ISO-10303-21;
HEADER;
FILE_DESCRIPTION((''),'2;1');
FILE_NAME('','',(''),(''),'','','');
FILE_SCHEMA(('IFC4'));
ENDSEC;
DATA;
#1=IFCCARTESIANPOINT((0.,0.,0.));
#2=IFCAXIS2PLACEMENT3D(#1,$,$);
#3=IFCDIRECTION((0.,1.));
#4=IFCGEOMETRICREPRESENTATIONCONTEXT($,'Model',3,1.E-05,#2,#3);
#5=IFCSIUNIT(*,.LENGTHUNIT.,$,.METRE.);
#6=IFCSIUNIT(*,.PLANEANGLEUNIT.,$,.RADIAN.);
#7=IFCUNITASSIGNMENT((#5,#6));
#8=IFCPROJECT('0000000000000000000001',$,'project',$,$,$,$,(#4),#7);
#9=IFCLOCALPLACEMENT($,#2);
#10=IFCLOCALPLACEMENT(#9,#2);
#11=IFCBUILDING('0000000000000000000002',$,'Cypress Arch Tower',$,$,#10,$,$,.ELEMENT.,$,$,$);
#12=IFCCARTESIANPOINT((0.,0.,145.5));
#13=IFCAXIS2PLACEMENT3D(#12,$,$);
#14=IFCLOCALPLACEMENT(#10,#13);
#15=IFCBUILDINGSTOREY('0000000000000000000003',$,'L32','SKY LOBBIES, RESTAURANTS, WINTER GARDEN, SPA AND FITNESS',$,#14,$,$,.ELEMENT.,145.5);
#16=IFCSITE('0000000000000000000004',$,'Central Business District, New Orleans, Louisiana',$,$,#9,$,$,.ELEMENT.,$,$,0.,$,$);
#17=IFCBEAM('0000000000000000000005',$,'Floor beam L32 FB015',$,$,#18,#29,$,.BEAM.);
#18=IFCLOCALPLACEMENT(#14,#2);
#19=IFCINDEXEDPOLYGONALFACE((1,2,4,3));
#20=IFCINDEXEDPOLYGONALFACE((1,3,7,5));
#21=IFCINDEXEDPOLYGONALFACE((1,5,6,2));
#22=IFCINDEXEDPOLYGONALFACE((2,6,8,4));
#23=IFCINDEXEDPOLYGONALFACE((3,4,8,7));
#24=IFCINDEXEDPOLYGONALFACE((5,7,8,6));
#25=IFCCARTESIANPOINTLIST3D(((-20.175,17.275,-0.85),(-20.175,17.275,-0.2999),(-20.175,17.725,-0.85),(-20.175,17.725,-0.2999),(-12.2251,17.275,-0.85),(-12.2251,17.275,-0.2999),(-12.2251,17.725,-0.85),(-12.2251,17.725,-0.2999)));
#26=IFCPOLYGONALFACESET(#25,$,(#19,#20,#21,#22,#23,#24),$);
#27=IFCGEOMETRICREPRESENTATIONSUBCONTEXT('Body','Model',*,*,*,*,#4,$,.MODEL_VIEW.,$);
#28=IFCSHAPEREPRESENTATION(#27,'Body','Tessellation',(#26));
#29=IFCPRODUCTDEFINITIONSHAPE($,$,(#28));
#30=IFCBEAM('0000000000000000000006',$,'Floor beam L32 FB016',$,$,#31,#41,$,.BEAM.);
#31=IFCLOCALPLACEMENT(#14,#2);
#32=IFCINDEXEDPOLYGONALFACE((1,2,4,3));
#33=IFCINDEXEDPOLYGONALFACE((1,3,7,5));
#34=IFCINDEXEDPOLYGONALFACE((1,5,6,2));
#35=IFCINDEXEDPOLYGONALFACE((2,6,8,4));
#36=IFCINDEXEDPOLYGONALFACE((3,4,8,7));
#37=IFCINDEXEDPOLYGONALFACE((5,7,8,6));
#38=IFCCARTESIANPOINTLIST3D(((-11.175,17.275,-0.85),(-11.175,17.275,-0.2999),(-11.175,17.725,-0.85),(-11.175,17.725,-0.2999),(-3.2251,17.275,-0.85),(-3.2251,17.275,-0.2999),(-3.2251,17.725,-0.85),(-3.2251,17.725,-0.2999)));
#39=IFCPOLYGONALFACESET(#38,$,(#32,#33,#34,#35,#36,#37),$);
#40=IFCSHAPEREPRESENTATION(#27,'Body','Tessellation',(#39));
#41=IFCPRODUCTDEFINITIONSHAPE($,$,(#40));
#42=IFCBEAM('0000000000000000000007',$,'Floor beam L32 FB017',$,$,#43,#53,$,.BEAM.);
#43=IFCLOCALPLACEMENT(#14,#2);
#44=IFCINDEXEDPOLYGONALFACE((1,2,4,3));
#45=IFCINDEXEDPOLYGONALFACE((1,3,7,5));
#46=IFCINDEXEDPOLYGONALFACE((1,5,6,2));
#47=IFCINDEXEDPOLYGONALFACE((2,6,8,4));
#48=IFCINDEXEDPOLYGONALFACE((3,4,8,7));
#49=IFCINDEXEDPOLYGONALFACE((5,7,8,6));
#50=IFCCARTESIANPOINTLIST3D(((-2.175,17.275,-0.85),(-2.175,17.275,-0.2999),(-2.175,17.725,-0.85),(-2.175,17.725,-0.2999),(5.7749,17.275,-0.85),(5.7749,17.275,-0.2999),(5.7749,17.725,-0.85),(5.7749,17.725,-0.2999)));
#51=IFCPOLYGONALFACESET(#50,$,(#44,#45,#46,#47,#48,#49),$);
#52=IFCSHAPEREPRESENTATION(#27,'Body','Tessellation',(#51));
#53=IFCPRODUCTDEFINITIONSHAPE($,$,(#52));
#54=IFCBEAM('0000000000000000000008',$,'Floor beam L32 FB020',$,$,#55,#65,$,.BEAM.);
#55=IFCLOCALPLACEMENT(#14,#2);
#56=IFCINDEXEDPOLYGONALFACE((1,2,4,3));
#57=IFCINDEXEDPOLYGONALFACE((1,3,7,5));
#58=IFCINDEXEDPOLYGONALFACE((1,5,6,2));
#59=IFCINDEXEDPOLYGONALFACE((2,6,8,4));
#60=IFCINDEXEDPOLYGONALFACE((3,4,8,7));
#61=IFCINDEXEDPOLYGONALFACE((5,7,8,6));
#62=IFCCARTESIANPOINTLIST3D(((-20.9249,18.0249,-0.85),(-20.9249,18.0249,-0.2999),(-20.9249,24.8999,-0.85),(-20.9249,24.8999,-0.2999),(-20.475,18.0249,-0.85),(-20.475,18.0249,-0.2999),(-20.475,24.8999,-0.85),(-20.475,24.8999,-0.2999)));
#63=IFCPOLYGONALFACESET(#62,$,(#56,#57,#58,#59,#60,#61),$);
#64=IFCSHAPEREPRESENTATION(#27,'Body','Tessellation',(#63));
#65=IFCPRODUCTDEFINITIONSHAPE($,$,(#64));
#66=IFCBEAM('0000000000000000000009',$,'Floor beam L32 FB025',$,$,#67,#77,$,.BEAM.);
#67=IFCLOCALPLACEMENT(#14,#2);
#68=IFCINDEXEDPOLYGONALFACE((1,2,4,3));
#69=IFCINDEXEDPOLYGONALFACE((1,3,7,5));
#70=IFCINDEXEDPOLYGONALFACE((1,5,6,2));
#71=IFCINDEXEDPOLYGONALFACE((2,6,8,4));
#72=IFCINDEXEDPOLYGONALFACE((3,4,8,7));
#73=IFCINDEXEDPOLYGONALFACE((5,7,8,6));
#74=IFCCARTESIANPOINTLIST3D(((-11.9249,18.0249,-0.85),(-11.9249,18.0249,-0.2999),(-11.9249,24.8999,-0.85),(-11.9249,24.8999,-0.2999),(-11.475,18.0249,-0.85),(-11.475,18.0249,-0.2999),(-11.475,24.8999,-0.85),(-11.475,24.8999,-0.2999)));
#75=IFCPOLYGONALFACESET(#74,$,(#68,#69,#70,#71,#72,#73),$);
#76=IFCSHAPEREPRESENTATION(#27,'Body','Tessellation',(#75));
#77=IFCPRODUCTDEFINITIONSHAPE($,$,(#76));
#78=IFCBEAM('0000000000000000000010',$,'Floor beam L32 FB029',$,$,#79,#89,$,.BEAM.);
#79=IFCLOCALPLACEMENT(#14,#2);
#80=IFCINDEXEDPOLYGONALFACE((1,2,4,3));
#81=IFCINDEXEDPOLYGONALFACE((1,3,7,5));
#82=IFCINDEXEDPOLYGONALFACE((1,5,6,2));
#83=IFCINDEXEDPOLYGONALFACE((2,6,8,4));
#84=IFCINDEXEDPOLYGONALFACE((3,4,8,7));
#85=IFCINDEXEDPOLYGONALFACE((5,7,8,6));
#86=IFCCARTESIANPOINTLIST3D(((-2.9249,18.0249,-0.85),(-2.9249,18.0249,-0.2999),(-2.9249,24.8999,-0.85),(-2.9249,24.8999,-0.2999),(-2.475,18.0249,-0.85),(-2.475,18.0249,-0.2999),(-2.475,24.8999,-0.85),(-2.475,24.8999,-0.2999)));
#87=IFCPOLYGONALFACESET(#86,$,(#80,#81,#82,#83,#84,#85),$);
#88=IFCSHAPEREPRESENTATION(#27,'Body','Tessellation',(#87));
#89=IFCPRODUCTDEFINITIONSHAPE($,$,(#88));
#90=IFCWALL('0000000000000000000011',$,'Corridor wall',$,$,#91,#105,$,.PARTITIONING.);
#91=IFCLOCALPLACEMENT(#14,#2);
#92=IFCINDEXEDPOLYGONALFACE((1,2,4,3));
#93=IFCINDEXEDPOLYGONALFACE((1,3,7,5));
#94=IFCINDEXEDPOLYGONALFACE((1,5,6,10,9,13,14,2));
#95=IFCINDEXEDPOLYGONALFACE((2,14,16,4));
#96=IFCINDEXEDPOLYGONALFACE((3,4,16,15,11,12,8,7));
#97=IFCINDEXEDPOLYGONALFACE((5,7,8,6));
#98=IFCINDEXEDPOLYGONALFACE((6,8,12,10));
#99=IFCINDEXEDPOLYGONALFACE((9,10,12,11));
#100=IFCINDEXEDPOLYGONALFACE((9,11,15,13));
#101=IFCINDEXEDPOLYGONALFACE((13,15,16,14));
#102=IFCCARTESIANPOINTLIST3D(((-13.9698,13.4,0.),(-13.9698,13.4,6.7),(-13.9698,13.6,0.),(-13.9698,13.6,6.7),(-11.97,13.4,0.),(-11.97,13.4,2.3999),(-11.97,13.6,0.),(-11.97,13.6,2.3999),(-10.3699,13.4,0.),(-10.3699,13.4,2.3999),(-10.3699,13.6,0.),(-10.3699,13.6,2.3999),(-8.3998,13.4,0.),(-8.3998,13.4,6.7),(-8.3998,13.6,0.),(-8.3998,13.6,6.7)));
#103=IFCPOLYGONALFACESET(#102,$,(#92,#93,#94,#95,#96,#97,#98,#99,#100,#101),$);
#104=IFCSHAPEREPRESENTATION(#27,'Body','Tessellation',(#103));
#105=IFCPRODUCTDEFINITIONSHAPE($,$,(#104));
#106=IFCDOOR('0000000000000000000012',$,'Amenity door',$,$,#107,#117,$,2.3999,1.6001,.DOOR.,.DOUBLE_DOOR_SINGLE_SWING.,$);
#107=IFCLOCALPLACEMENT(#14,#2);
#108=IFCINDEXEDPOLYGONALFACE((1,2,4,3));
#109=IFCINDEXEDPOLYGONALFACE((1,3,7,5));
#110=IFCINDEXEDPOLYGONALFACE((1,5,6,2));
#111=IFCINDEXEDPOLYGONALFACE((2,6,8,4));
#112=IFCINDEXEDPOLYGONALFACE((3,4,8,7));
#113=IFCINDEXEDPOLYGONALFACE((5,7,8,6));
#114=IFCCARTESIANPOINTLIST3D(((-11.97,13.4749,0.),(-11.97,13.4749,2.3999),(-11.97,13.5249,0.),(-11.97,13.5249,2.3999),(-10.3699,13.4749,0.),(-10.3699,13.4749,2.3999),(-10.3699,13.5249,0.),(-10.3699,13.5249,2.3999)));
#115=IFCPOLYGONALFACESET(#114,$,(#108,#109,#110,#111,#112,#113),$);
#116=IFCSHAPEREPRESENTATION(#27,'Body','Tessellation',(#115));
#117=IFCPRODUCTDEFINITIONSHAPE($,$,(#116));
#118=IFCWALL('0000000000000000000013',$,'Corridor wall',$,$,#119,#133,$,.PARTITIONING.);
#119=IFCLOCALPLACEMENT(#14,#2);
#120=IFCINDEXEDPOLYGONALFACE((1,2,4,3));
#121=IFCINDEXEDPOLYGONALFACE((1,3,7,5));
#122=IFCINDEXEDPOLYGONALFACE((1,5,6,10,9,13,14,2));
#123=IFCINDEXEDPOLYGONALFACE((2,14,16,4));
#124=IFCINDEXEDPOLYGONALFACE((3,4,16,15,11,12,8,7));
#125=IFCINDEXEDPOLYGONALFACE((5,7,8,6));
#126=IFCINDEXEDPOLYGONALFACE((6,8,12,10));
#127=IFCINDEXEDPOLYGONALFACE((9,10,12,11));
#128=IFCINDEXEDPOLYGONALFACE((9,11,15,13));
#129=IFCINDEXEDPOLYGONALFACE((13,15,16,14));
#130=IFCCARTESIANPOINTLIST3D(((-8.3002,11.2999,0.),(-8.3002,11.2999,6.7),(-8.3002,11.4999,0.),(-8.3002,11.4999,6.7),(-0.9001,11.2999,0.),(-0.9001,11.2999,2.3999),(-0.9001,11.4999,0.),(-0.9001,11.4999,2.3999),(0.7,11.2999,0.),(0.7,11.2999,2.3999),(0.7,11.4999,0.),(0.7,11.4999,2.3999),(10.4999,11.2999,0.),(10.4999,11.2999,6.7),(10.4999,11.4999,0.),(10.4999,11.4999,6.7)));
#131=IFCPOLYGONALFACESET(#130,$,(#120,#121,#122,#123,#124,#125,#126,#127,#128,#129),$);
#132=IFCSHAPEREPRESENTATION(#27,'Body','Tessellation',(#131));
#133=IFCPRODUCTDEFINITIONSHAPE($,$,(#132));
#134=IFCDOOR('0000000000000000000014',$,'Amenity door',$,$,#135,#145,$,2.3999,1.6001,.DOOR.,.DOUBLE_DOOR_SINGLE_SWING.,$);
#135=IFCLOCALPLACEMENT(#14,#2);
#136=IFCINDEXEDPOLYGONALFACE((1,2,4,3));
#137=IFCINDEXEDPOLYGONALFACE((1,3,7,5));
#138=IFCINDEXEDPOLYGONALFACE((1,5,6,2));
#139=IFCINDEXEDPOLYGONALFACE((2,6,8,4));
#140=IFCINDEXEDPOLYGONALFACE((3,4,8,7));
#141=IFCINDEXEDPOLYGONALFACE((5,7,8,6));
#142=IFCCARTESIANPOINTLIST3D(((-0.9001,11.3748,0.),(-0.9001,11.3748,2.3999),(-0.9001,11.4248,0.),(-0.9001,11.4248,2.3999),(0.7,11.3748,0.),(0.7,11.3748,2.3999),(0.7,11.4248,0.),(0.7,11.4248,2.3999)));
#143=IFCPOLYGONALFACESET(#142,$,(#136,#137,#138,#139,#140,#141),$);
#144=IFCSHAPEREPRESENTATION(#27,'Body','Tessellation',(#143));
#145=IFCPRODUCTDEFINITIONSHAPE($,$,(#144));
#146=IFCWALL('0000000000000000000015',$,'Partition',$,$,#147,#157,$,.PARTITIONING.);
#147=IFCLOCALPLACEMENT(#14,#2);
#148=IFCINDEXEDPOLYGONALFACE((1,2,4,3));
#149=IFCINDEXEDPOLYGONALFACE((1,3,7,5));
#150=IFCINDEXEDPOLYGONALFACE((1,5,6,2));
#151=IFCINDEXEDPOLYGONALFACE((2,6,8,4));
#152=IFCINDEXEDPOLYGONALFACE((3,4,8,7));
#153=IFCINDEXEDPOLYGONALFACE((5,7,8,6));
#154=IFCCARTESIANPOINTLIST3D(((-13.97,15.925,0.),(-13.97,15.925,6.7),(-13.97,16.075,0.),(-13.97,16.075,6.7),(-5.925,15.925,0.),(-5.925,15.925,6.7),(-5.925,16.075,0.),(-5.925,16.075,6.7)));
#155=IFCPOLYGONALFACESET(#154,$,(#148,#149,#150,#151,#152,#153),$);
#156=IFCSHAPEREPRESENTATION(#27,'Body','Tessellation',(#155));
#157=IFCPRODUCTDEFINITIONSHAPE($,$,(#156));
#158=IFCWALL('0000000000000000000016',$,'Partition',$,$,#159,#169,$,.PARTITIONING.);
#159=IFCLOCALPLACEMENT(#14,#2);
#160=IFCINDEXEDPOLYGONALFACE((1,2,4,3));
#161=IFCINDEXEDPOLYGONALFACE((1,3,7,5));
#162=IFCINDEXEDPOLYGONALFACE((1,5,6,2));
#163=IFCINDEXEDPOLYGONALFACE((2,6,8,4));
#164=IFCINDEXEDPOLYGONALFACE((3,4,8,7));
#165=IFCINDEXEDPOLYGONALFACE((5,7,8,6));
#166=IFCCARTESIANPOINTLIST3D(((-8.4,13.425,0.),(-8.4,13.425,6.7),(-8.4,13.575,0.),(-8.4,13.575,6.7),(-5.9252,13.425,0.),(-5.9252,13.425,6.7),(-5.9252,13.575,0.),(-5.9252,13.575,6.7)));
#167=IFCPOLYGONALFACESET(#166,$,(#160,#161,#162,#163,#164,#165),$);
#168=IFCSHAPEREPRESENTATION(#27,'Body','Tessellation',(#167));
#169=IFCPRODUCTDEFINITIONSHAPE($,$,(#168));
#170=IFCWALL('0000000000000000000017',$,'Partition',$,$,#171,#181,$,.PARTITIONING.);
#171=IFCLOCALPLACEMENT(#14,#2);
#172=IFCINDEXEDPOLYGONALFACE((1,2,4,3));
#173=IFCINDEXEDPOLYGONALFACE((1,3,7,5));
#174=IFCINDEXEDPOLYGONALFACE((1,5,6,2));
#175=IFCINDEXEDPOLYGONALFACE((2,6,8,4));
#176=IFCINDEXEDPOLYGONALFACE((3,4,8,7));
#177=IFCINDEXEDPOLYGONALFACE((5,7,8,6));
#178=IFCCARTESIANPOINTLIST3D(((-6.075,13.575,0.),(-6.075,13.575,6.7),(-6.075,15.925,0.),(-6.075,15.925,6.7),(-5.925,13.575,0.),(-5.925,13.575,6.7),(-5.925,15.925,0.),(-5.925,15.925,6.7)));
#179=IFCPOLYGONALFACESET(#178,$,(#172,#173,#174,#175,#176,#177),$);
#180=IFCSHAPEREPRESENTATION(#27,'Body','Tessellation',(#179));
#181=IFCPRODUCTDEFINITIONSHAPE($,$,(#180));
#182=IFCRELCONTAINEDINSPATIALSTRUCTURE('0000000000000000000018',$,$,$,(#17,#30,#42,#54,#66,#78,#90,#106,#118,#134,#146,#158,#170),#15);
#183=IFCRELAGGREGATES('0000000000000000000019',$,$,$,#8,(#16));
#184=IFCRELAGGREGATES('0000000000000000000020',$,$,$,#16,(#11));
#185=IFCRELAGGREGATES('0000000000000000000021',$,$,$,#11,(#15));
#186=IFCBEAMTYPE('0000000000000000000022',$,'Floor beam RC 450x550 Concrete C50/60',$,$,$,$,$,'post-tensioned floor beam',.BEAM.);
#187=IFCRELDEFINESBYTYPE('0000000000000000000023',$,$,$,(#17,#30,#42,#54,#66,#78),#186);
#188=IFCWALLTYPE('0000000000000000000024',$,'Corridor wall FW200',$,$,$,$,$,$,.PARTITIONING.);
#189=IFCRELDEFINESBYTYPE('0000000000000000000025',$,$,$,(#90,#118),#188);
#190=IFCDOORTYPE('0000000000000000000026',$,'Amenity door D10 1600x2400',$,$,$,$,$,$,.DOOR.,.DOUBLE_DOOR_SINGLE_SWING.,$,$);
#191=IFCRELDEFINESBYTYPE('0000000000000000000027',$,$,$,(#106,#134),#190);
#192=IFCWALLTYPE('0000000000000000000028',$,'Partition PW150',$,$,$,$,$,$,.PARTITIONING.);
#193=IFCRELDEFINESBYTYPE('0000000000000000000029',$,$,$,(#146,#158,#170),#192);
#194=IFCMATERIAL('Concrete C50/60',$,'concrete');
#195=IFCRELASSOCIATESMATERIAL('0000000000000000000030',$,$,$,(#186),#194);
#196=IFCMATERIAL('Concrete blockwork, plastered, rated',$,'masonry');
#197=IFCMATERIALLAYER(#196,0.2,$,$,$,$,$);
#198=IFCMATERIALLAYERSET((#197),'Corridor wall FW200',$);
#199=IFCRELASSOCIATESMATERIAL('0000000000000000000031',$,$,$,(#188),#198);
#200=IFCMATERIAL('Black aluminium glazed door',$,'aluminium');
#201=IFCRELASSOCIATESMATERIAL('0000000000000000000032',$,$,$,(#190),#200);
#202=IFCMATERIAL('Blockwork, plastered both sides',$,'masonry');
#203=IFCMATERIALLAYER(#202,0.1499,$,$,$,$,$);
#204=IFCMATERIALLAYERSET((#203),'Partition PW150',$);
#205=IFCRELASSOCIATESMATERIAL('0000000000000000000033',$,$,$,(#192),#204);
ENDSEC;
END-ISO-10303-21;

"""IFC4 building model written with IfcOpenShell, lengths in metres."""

from ifc_helpers import new_model, si_unit, direction, frame, frame_2d, origin, origin_2d, place, context, subcontext, project, spatial, rectangle, extrude, material, layer, layer_set, material_profile, profile_set, type_object, element, fill, save


model = new_model("IFC4")

# Units and contexts
model_context = context("Model", 3, precision=1e-05, world=origin(), true_north=direction((0.0, 1.0)))
body_context = subcontext(model_context, "Body", "Model", "MODEL_VIEW")
ifc_project = project(units=[si_unit("LENGTHUNIT", "METRE"), si_unit("PLANEANGLEUNIT", "RADIAN")], contexts=[model_context])

# Site, building, storey
site_placement = place(None, origin())
site = spatial("IfcSite", under=ifc_project, at=site_placement, Name="Central Business District, New Orleans, Louisiana", CompositionType="ELEMENT", RefElevation=0.0)
building_placement = place(site_placement, origin())
building = spatial("IfcBuilding", under=site, at=building_placement, Name="Cypress Arch Tower", CompositionType="ELEMENT")
storey_placement = place(building_placement, frame((0.0, 0.0, 145.5)))
storey = spatial("IfcBuildingStorey", under=building, at=storey_placement, Name="L32", Description="SKY LOBBIES, RESTAURANTS, WINTER GARDEN, SPA AND FITNESS", CompositionType="ELEMENT", Elevation=145.5)

# Beams
ifc_material_1 = material(Name="Concrete C50/60", Category="concrete")
ifc_material_profile_1 = material_profile(ifc_material_1, rectangle(XDim=0.45, YDim=0.55, at=origin_2d()), Name="RC 450x550")
ifc_profile_set_1 = profile_set([ifc_material_profile_1], Name="Concrete C50/60")
beam_type = type_object("IfcBeamType", Name="Floor beam RC 450x550 Concrete C50/60", ElementType="post-tensioned floor beam", PredefinedType="BEAM", material=ifc_profile_set_1)
for number, where, z_axis, x_axis, name in (
    (1, (-20.175, 17.5, -0.575), (1.0, 0.0, 0.0), (0.0, 1.0, 0.0), "Floor beam L32 FB015"),
    (2, (-11.175, 17.5, -0.575), (1.0, 0.0, 0.0), (0.0, 1.0, 0.0), "Floor beam L32 FB016"),
    (3, (-2.175, 17.5, -0.575), (1.0, 0.0, 0.0), (0.0, 1.0, 0.0), "Floor beam L32 FB017"),
):
    element("IfcBeam", number, at=place(storey_placement, frame(where, z_axis=z_axis, x_axis=x_axis)), inside=storey, type_object=beam_type, Name=name, PredefinedType="BEAM", context=body_context, shape_type="SweptSolid", body=[
        extrude(rectangle(XDim=0.45, YDim=0.55, at=origin_2d()), origin(), (0.0, 0.0, 1.0), 7.95),
    ])
for number, where, z_axis, x_axis, name in (
    (4, (-20.7, 18.0249, -0.575), (0.0, 1.0, 0.0), (-1.0, 0.0, 0.0), "Floor beam L32 FB020"),
    (5, (-11.7, 18.0249, -0.575), (0.0, 1.0, 0.0), (-1.0, 0.0, 0.0), "Floor beam L32 FB025"),
    (6, (-2.7, 18.0249, -0.575), (0.0, 1.0, 0.0), (-1.0, 0.0, 0.0), "Floor beam L32 FB029"),
):
    element("IfcBeam", number, at=place(storey_placement, frame(where, z_axis=z_axis, x_axis=x_axis)), inside=storey, type_object=beam_type, Name=name, PredefinedType="BEAM", context=body_context, shape_type="SweptSolid", body=[
        extrude(rectangle(XDim=0.45, YDim=0.55, at=origin_2d()), origin(), (0.0, 0.0, 1.0), 6.875),
    ])

# Walls, openings, doors
ifc_material_2 = material(Name="Concrete blockwork, plastered, rated", Category="masonry")
ifc_layer_1 = layer(ifc_material_2, 0.2)
ifc_layer_set_1 = layer_set([ifc_layer_1], Name="Corridor wall FW200")
wall_type_1 = type_object("IfcWallType", Name="Corridor wall FW200", PredefinedType="PARTITIONING", material=ifc_layer_set_1)
wall_1_placement = place(storey_placement, frame((-13.97, 13.5, 0.0), z_axis=(0.0, 0.0, 1.0), x_axis=(1.0, 0.0, 0.0)))
wall_1 = element("IfcWall", 7, at=wall_1_placement, inside=storey, type_object=wall_type_1, Name="Corridor wall", PredefinedType="PARTITIONING", context=body_context, shape_type="SweptSolid", body=[
    extrude(rectangle(XDim=5.5701, YDim=0.2, at=frame_2d((2.7852, 0.0))), origin(), (0.0, 0.0, 1.0), 6.7),
])
opening_1_placement = place(wall_1_placement, frame((2.0, 0.0, 0.0)))
opening_1 = element("IfcOpeningElement", 8, at=opening_1_placement, cuts=wall_1, PredefinedType="OPENING", context=body_context, shape_type="SweptSolid", body=[
    extrude(rectangle(XDim=1.6001, YDim=2.3999, at=frame_2d((0.8, 1.2))), frame((0.0, 0.1099, 0.0), z_axis=(0.0, -1.0, 0.0), x_axis=(1.0, 0.0, 0.0)), (0.0, 0.0, 1.0), 0.22),
])
ifc_material_3 = material(Name="Black aluminium glazed door", Category="aluminium")
door_type_1 = type_object("IfcDoorType", Name="Amenity door D10 1600x2400", OperationType="DOUBLE_DOOR_SINGLE_SWING", PredefinedType="DOOR", material=ifc_material_3)
door_1_placement = place(opening_1_placement, origin())
door_1 = element("IfcDoor", 9, at=door_1_placement, inside=storey, type_object=door_type_1, Name="Amenity door", OperationType="DOUBLE_DOOR_SINGLE_SWING", OverallHeight=2.3999, OverallWidth=1.6001, PredefinedType="DOOR", context=body_context, shape_type="SweptSolid", body=[
    extrude(rectangle(XDim=1.6001, YDim=2.3999, at=frame_2d((0.8, 1.2))), frame((0.0, 0.0249, 0.0), z_axis=(0.0, -1.0, 0.0), x_axis=(1.0, 0.0, 0.0)), (0.0, 0.0, 1.0), 0.05),
])
fill(opening_1, door_1)
wall_2_placement = place(storey_placement, frame((-8.3, 11.3999, 0.0), z_axis=(0.0, 0.0, 1.0), x_axis=(1.0, 0.0, 0.0)))
wall_2 = element("IfcWall", 10, at=wall_2_placement, inside=storey, type_object=wall_type_1, Name="Corridor wall", PredefinedType="PARTITIONING", context=body_context, shape_type="SweptSolid", body=[
    extrude(rectangle(XDim=18.8, YDim=0.2, at=frame_2d((9.3999, 0.0))), origin(), (0.0, 0.0, 1.0), 6.7),
])
opening_2_placement = place(wall_2_placement, frame((7.3999, 0.0, 0.0)))
opening_2 = element("IfcOpeningElement", 11, at=opening_2_placement, cuts=wall_2, PredefinedType="OPENING", context=body_context, shape_type="SweptSolid", body=[
    extrude(rectangle(XDim=1.6001, YDim=2.3999, at=frame_2d((0.8, 1.2))), frame((0.0, 0.1099, 0.0), z_axis=(0.0, -1.0, 0.0), x_axis=(1.0, 0.0, 0.0)), (0.0, 0.0, 1.0), 0.22),
])
door_2_placement = place(opening_2_placement, origin())
door_2 = element("IfcDoor", 12, at=door_2_placement, inside=storey, type_object=door_type_1, Name="Amenity door", OperationType="DOUBLE_DOOR_SINGLE_SWING", OverallHeight=2.3999, OverallWidth=1.6001, PredefinedType="DOOR", context=body_context, shape_type="SweptSolid", body=[
    extrude(rectangle(XDim=1.6001, YDim=2.3999, at=frame_2d((0.8, 1.2))), frame((0.0, 0.0249, 0.0), z_axis=(0.0, -1.0, 0.0), x_axis=(1.0, 0.0, 0.0)), (0.0, 0.0, 1.0), 0.05),
])
fill(opening_2, door_2)

# Walls
ifc_material_4 = material(Name="Blockwork, plastered both sides", Category="masonry")
ifc_layer_2 = layer(ifc_material_4, 0.1499)
ifc_layer_set_2 = layer_set([ifc_layer_2], Name="Partition PW150")
wall_type_2 = type_object("IfcWallType", Name="Partition PW150", PredefinedType="PARTITIONING", material=ifc_layer_set_2)
wall_3_placement = place(storey_placement, frame((-13.97, 16.0, 0.0), z_axis=(0.0, 0.0, 1.0), x_axis=(1.0, 0.0, 0.0)))
element("IfcWall", 13, at=wall_3_placement, inside=storey, type_object=wall_type_2, Name="Partition", PredefinedType="PARTITIONING", context=body_context, shape_type="SweptSolid", body=[
    extrude(rectangle(XDim=8.0449, YDim=0.1499, at=frame_2d((4.0225, 0.0))), origin(), (0.0, 0.0, 1.0), 6.7),
])
wall_4_placement = place(storey_placement, frame((-8.3999, 13.5, 0.0), z_axis=(0.0, 0.0, 1.0), x_axis=(1.0, 0.0, 0.0)))
element("IfcWall", 14, at=wall_4_placement, inside=storey, type_object=wall_type_2, Name="Partition", PredefinedType="PARTITIONING", context=body_context, shape_type="SweptSolid", body=[
    extrude(rectangle(XDim=2.4749, YDim=0.1499, at=frame_2d((1.2373, 0.0))), origin(), (0.0, 0.0, 1.0), 6.7),
])
wall_5_placement = place(storey_placement, frame((-6.0, 13.575, 0.0), z_axis=(0.0, 0.0, 1.0), x_axis=(0.0, 1.0, 0.0)))
element("IfcWall", 15, at=wall_5_placement, inside=storey, type_object=wall_type_2, Name="Partition", PredefinedType="PARTITIONING", context=body_context, shape_type="SweptSolid", body=[
    extrude(rectangle(XDim=2.3501, YDim=0.1499, at=frame_2d((1.175, 0.0))), origin(), (0.0, 0.0, 1.0), 6.7),
])

save(model, "model.ifc")
